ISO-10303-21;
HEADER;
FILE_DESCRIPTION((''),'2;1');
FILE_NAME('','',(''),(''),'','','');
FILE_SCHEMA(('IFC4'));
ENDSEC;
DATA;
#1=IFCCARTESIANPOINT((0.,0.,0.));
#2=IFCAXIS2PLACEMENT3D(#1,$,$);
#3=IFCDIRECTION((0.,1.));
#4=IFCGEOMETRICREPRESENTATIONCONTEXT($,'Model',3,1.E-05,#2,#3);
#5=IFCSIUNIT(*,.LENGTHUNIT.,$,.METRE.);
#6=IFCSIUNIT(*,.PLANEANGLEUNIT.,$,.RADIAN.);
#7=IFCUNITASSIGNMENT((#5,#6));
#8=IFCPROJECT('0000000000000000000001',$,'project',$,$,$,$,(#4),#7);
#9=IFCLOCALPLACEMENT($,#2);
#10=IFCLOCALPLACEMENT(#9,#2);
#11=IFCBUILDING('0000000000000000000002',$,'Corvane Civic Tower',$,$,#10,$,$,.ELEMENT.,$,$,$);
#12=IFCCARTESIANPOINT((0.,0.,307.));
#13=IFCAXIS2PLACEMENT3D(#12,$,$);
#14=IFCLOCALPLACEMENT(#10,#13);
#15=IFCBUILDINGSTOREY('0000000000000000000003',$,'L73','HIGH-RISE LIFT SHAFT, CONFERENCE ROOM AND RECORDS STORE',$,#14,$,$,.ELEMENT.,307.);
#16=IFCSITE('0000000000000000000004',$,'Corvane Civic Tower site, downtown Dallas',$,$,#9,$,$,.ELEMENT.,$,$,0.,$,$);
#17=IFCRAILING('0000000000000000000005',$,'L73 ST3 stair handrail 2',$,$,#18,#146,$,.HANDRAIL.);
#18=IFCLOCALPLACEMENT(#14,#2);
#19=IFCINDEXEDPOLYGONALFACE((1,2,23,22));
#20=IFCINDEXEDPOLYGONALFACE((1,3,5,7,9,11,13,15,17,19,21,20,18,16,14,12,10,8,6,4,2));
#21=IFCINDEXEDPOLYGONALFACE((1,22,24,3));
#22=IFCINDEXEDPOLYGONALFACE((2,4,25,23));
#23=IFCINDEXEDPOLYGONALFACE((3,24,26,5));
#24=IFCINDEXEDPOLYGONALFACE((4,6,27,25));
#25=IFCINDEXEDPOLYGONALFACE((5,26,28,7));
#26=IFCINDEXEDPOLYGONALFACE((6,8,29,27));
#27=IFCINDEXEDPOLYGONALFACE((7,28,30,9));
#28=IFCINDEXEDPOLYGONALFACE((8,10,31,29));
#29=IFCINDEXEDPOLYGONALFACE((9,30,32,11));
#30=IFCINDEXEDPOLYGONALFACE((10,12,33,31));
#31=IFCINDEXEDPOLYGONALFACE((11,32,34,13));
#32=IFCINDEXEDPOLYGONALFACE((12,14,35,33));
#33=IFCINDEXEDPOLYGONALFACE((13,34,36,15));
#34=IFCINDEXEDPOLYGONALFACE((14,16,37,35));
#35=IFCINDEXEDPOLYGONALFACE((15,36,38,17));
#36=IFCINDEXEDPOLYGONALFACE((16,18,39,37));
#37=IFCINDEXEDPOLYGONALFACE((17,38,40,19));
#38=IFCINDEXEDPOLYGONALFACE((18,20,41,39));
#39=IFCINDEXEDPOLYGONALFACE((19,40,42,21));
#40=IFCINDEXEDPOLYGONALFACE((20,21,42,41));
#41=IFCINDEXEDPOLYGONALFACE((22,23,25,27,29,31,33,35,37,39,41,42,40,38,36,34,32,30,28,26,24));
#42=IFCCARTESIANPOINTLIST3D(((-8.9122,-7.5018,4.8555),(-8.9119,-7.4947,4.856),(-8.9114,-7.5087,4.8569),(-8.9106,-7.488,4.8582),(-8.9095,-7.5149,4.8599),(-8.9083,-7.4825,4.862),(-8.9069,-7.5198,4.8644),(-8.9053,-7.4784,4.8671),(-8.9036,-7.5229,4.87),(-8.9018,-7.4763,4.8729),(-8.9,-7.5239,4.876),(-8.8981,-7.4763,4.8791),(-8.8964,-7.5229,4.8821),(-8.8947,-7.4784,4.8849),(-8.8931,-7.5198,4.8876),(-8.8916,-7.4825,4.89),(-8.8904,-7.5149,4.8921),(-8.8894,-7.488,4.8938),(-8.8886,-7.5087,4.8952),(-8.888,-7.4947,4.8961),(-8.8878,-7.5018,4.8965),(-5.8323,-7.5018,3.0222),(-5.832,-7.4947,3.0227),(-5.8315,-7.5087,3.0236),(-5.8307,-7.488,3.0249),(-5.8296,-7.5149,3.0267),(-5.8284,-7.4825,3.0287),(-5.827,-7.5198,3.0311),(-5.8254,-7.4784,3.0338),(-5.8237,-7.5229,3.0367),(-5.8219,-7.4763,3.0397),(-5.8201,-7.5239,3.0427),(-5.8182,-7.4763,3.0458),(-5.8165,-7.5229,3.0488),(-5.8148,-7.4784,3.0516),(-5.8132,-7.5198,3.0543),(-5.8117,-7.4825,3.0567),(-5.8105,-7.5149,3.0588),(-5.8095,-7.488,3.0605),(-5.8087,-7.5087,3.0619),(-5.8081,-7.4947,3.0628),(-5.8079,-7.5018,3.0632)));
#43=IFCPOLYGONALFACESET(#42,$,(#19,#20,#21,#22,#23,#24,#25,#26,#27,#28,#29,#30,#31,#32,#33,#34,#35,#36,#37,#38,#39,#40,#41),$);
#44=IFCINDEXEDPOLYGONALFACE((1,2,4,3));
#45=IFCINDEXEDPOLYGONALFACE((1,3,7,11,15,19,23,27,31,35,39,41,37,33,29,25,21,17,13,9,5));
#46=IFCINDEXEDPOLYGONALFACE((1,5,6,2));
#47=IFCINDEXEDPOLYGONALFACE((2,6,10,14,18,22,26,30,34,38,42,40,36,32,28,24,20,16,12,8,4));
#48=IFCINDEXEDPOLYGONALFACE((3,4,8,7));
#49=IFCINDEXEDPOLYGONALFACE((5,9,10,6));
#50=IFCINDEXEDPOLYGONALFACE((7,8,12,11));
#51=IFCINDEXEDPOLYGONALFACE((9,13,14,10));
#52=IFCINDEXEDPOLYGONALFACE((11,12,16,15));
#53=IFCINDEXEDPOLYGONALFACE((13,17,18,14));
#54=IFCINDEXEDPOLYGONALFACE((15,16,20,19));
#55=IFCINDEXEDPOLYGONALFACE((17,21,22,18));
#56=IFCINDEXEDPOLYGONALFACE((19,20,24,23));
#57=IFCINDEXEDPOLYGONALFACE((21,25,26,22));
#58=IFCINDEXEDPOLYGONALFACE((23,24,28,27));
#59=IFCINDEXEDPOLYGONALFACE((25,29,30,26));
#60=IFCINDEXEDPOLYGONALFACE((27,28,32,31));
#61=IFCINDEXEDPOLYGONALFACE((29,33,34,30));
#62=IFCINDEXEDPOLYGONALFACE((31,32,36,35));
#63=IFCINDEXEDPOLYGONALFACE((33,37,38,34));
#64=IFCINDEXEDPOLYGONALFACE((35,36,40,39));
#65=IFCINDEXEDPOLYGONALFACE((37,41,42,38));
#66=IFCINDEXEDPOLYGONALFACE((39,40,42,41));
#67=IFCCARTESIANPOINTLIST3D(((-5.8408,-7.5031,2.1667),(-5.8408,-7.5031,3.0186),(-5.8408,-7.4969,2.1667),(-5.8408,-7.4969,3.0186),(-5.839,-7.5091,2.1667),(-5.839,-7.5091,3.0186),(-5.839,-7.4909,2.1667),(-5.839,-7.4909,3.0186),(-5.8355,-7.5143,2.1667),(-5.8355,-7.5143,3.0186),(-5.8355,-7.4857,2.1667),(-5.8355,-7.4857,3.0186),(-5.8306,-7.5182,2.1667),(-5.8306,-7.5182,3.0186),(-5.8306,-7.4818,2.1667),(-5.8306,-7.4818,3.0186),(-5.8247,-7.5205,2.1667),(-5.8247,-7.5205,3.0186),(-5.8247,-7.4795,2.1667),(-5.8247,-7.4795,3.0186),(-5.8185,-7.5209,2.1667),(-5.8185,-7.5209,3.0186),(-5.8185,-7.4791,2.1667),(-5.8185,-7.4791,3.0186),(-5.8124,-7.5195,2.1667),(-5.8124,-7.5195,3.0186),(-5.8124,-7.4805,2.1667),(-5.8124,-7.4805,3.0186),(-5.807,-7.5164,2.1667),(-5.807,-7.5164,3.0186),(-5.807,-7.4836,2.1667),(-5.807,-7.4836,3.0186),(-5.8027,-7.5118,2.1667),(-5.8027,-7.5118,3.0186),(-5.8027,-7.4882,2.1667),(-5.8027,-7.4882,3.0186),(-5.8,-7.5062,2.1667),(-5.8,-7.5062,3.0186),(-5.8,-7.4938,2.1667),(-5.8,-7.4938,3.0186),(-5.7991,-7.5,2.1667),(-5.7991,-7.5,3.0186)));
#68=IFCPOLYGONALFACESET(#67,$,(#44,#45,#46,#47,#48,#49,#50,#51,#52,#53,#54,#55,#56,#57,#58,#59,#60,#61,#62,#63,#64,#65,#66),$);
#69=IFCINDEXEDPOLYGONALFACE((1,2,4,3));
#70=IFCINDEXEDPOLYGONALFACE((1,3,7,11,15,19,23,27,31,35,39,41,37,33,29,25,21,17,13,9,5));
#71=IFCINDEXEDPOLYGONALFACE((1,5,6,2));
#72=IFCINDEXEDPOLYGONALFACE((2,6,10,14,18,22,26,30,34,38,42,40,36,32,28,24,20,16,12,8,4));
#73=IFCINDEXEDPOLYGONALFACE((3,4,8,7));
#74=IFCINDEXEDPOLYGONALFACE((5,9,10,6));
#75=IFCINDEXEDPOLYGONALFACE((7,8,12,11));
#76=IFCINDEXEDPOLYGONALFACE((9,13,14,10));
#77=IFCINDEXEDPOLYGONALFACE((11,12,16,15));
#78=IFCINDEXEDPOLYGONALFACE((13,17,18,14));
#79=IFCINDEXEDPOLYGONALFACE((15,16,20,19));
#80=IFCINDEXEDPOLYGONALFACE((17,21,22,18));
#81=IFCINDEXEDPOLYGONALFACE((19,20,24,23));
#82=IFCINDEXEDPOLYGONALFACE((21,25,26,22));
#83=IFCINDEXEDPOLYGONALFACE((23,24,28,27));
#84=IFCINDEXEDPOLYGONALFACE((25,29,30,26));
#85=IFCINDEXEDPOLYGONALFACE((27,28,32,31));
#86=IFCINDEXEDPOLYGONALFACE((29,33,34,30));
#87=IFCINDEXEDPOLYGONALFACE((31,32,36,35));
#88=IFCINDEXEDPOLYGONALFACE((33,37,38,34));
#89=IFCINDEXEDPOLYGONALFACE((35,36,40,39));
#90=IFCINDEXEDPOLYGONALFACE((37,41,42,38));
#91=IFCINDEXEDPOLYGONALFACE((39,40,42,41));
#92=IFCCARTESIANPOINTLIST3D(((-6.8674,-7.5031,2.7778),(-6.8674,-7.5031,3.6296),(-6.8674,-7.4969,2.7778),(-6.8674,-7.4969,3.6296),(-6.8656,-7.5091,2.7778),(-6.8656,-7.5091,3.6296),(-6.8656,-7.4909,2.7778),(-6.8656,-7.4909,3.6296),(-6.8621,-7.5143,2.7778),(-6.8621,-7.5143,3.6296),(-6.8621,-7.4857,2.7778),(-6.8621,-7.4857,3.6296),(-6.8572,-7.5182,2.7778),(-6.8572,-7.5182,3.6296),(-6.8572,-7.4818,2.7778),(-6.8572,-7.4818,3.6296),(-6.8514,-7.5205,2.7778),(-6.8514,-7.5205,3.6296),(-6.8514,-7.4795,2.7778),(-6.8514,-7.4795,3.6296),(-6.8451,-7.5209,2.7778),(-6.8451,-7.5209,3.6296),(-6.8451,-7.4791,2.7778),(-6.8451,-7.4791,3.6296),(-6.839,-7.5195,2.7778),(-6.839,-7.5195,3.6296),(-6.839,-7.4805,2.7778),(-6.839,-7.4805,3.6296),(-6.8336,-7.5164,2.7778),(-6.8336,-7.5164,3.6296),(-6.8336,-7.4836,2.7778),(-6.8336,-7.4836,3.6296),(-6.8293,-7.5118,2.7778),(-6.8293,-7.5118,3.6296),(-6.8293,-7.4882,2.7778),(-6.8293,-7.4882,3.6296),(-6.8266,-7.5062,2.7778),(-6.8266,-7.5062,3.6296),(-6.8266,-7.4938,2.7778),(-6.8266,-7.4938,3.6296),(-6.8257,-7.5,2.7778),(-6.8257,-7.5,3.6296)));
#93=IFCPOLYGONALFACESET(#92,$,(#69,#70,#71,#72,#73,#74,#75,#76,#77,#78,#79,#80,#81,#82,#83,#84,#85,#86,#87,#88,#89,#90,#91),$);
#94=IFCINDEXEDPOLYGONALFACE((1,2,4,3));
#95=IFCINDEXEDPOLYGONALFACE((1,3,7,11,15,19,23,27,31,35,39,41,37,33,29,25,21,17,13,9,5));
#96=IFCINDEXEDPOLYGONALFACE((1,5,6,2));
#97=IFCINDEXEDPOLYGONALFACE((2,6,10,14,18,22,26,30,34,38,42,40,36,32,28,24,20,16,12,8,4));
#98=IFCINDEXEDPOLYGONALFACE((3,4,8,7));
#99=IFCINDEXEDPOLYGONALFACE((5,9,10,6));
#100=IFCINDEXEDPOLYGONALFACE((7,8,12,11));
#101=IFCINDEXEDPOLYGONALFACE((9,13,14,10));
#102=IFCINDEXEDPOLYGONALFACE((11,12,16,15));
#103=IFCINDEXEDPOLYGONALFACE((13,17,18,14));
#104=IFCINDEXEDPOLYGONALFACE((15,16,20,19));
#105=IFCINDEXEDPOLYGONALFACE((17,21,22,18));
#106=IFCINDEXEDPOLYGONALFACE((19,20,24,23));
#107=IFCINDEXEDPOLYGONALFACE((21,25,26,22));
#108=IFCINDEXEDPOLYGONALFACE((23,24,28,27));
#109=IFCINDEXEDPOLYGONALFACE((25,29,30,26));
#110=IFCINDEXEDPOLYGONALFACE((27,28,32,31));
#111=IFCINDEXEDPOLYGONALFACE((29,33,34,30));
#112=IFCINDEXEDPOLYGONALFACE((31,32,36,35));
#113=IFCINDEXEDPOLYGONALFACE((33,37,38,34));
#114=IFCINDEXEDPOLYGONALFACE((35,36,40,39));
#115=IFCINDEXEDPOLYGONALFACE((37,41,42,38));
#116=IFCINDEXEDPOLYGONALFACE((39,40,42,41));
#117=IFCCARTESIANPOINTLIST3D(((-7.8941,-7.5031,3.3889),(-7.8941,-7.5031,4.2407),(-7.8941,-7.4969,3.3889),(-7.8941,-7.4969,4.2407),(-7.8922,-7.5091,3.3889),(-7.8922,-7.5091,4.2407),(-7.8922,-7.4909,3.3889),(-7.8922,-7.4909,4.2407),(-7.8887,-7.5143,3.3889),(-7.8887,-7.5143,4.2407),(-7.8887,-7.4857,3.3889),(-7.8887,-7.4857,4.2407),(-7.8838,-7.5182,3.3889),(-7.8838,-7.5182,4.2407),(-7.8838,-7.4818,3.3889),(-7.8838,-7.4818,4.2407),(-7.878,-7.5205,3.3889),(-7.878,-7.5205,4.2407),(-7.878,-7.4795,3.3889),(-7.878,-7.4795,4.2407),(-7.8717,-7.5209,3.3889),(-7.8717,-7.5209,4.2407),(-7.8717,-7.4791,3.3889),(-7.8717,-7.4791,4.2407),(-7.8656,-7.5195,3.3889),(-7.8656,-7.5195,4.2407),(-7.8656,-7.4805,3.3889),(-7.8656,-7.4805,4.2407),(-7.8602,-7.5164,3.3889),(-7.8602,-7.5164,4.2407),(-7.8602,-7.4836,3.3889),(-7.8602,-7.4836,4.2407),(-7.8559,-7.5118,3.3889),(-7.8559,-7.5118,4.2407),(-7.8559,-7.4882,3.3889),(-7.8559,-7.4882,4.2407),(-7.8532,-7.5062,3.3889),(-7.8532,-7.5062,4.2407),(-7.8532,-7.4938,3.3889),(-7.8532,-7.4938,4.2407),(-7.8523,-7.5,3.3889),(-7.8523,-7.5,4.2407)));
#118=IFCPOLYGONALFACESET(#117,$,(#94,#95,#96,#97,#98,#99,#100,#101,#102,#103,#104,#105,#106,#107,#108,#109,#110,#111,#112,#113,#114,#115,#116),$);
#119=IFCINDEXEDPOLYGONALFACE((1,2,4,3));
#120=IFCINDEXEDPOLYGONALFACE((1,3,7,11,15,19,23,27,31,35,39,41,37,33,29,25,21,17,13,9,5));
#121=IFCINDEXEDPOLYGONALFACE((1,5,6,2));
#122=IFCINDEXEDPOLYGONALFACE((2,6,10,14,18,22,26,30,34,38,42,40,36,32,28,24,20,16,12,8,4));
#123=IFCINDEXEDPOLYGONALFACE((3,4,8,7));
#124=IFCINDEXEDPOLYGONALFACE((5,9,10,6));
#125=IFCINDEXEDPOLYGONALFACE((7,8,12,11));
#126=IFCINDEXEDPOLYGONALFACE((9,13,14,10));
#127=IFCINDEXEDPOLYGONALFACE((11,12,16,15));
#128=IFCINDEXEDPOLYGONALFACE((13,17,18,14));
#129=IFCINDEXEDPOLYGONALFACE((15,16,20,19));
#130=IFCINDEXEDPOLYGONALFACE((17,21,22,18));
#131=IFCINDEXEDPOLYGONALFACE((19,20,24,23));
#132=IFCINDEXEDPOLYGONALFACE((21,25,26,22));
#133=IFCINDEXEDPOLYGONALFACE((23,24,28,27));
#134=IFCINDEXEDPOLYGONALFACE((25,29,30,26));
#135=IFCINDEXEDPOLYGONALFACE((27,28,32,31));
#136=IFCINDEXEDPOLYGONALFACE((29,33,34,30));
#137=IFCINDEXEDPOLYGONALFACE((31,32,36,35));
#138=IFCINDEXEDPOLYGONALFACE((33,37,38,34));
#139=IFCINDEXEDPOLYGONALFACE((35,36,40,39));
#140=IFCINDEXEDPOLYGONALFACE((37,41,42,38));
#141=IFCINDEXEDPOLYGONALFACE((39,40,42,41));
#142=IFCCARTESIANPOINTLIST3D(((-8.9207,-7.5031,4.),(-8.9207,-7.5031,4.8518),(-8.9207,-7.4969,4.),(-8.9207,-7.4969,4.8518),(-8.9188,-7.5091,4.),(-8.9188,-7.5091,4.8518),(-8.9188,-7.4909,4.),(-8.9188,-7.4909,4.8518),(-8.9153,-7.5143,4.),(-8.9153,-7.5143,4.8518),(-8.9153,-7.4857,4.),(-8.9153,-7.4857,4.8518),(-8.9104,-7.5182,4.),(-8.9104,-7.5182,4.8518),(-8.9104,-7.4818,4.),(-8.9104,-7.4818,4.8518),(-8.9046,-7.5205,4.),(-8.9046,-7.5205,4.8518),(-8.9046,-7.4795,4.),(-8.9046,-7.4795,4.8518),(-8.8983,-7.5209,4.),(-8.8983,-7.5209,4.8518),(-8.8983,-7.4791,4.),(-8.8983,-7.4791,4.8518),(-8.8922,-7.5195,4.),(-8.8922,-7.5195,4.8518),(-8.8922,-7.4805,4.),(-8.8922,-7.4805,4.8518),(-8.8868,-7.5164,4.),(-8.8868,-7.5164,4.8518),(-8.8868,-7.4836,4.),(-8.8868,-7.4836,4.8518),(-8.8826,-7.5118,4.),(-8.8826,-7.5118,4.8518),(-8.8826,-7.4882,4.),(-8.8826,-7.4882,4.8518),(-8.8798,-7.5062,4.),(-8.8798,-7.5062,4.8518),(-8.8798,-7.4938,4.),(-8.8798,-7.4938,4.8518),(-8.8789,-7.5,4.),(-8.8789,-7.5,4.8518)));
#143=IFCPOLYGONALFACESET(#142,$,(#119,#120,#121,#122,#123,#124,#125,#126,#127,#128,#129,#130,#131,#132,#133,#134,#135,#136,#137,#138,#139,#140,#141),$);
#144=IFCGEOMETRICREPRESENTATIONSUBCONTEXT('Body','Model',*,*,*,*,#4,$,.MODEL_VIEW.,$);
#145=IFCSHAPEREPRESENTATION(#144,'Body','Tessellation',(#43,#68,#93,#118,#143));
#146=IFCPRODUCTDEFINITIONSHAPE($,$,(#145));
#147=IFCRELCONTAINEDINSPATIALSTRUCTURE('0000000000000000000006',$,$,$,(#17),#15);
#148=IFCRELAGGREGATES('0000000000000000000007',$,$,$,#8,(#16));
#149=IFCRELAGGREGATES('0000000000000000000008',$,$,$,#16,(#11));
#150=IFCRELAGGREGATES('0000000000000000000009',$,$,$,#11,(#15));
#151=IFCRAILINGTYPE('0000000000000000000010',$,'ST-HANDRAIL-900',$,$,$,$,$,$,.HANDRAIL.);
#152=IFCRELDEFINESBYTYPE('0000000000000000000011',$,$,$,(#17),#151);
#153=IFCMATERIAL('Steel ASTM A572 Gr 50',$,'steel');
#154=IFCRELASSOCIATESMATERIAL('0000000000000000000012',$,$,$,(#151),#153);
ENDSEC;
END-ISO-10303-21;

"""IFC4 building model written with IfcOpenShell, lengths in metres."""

from ifc_helpers import new_model, si_unit, direction, frame, origin, origin_2d, place, context, subcontext, project, spatial, circle, extrude, material, type_object, element, save


model = new_model("IFC4")

# Units and contexts
model_context = context("Model", 3, precision=1e-05, world=origin(), true_north=direction((0.0, 1.0)))
body_context = subcontext(model_context, "Body", "Model", "MODEL_VIEW")
ifc_project = project(units=[si_unit("LENGTHUNIT", "METRE"), si_unit("PLANEANGLEUNIT", "RADIAN")], contexts=[model_context])

# Site, building, storey
site_placement = place(None, origin())
site = spatial("IfcSite", under=ifc_project, at=site_placement, Name="Corvane Civic Tower site, downtown Dallas", CompositionType="ELEMENT", RefElevation=0.0)
building_placement = place(site_placement, origin())
building = spatial("IfcBuilding", under=site, at=building_placement, Name="Corvane Civic Tower", CompositionType="ELEMENT")
storey_placement = place(building_placement, frame((0.0, 0.0, 307.0)))
storey = spatial("IfcBuildingStorey", under=building, at=storey_placement, Name="L73", Description="HIGH-RISE LIFT SHAFT, CONFERENCE ROOM AND RECORDS STORE", CompositionType="ELEMENT", Elevation=307.0)

# Railing
ifc_material_1 = material(Name="Steel ASTM A572 Gr 50", Category="steel")
railing_type_1 = type_object("IfcRailingType", Name="ST-HANDRAIL-900", PredefinedType="HANDRAIL", material=ifc_material_1)
railing_1_placement = place(storey_placement, frame((-5.8201, -7.5, 2.1667)))
element("IfcRailing", 1, at=railing_1_placement, inside=storey, type_object=railing_type_1, Name="L73 ST3 stair handrail 2", PredefinedType="HANDRAIL", context=body_context, shape_type="SweptSolid", body=[
    extrude(circle(Radius=0.0239, at=origin_2d()), frame((0.0, 0.0, 0.876), z_axis=(-0.859291, 0.0, 0.511487), x_axis=(0.0, -1.0, 0.0)), (0.0, 0.0, 1.0), 3.5842),
    extrude(circle(Radius=0.021, at=origin_2d()), origin(), (0.0, 0.0, 1.0), 0.8518),
    extrude(circle(Radius=0.021, at=origin_2d()), frame((-1.0266, 0.0, 0.6111)), (0.0, 0.0, 1.0), 0.8518),
    extrude(circle(Radius=0.021, at=origin_2d()), frame((-2.0532, 0.0, 1.2222)), (0.0, 0.0, 1.0), 0.8518),
    extrude(circle(Radius=0.021, at=origin_2d()), frame((-3.0798, 0.0, 1.8333)), (0.0, 0.0, 1.0), 0.8518),
])

save(model, "model.ifc")
